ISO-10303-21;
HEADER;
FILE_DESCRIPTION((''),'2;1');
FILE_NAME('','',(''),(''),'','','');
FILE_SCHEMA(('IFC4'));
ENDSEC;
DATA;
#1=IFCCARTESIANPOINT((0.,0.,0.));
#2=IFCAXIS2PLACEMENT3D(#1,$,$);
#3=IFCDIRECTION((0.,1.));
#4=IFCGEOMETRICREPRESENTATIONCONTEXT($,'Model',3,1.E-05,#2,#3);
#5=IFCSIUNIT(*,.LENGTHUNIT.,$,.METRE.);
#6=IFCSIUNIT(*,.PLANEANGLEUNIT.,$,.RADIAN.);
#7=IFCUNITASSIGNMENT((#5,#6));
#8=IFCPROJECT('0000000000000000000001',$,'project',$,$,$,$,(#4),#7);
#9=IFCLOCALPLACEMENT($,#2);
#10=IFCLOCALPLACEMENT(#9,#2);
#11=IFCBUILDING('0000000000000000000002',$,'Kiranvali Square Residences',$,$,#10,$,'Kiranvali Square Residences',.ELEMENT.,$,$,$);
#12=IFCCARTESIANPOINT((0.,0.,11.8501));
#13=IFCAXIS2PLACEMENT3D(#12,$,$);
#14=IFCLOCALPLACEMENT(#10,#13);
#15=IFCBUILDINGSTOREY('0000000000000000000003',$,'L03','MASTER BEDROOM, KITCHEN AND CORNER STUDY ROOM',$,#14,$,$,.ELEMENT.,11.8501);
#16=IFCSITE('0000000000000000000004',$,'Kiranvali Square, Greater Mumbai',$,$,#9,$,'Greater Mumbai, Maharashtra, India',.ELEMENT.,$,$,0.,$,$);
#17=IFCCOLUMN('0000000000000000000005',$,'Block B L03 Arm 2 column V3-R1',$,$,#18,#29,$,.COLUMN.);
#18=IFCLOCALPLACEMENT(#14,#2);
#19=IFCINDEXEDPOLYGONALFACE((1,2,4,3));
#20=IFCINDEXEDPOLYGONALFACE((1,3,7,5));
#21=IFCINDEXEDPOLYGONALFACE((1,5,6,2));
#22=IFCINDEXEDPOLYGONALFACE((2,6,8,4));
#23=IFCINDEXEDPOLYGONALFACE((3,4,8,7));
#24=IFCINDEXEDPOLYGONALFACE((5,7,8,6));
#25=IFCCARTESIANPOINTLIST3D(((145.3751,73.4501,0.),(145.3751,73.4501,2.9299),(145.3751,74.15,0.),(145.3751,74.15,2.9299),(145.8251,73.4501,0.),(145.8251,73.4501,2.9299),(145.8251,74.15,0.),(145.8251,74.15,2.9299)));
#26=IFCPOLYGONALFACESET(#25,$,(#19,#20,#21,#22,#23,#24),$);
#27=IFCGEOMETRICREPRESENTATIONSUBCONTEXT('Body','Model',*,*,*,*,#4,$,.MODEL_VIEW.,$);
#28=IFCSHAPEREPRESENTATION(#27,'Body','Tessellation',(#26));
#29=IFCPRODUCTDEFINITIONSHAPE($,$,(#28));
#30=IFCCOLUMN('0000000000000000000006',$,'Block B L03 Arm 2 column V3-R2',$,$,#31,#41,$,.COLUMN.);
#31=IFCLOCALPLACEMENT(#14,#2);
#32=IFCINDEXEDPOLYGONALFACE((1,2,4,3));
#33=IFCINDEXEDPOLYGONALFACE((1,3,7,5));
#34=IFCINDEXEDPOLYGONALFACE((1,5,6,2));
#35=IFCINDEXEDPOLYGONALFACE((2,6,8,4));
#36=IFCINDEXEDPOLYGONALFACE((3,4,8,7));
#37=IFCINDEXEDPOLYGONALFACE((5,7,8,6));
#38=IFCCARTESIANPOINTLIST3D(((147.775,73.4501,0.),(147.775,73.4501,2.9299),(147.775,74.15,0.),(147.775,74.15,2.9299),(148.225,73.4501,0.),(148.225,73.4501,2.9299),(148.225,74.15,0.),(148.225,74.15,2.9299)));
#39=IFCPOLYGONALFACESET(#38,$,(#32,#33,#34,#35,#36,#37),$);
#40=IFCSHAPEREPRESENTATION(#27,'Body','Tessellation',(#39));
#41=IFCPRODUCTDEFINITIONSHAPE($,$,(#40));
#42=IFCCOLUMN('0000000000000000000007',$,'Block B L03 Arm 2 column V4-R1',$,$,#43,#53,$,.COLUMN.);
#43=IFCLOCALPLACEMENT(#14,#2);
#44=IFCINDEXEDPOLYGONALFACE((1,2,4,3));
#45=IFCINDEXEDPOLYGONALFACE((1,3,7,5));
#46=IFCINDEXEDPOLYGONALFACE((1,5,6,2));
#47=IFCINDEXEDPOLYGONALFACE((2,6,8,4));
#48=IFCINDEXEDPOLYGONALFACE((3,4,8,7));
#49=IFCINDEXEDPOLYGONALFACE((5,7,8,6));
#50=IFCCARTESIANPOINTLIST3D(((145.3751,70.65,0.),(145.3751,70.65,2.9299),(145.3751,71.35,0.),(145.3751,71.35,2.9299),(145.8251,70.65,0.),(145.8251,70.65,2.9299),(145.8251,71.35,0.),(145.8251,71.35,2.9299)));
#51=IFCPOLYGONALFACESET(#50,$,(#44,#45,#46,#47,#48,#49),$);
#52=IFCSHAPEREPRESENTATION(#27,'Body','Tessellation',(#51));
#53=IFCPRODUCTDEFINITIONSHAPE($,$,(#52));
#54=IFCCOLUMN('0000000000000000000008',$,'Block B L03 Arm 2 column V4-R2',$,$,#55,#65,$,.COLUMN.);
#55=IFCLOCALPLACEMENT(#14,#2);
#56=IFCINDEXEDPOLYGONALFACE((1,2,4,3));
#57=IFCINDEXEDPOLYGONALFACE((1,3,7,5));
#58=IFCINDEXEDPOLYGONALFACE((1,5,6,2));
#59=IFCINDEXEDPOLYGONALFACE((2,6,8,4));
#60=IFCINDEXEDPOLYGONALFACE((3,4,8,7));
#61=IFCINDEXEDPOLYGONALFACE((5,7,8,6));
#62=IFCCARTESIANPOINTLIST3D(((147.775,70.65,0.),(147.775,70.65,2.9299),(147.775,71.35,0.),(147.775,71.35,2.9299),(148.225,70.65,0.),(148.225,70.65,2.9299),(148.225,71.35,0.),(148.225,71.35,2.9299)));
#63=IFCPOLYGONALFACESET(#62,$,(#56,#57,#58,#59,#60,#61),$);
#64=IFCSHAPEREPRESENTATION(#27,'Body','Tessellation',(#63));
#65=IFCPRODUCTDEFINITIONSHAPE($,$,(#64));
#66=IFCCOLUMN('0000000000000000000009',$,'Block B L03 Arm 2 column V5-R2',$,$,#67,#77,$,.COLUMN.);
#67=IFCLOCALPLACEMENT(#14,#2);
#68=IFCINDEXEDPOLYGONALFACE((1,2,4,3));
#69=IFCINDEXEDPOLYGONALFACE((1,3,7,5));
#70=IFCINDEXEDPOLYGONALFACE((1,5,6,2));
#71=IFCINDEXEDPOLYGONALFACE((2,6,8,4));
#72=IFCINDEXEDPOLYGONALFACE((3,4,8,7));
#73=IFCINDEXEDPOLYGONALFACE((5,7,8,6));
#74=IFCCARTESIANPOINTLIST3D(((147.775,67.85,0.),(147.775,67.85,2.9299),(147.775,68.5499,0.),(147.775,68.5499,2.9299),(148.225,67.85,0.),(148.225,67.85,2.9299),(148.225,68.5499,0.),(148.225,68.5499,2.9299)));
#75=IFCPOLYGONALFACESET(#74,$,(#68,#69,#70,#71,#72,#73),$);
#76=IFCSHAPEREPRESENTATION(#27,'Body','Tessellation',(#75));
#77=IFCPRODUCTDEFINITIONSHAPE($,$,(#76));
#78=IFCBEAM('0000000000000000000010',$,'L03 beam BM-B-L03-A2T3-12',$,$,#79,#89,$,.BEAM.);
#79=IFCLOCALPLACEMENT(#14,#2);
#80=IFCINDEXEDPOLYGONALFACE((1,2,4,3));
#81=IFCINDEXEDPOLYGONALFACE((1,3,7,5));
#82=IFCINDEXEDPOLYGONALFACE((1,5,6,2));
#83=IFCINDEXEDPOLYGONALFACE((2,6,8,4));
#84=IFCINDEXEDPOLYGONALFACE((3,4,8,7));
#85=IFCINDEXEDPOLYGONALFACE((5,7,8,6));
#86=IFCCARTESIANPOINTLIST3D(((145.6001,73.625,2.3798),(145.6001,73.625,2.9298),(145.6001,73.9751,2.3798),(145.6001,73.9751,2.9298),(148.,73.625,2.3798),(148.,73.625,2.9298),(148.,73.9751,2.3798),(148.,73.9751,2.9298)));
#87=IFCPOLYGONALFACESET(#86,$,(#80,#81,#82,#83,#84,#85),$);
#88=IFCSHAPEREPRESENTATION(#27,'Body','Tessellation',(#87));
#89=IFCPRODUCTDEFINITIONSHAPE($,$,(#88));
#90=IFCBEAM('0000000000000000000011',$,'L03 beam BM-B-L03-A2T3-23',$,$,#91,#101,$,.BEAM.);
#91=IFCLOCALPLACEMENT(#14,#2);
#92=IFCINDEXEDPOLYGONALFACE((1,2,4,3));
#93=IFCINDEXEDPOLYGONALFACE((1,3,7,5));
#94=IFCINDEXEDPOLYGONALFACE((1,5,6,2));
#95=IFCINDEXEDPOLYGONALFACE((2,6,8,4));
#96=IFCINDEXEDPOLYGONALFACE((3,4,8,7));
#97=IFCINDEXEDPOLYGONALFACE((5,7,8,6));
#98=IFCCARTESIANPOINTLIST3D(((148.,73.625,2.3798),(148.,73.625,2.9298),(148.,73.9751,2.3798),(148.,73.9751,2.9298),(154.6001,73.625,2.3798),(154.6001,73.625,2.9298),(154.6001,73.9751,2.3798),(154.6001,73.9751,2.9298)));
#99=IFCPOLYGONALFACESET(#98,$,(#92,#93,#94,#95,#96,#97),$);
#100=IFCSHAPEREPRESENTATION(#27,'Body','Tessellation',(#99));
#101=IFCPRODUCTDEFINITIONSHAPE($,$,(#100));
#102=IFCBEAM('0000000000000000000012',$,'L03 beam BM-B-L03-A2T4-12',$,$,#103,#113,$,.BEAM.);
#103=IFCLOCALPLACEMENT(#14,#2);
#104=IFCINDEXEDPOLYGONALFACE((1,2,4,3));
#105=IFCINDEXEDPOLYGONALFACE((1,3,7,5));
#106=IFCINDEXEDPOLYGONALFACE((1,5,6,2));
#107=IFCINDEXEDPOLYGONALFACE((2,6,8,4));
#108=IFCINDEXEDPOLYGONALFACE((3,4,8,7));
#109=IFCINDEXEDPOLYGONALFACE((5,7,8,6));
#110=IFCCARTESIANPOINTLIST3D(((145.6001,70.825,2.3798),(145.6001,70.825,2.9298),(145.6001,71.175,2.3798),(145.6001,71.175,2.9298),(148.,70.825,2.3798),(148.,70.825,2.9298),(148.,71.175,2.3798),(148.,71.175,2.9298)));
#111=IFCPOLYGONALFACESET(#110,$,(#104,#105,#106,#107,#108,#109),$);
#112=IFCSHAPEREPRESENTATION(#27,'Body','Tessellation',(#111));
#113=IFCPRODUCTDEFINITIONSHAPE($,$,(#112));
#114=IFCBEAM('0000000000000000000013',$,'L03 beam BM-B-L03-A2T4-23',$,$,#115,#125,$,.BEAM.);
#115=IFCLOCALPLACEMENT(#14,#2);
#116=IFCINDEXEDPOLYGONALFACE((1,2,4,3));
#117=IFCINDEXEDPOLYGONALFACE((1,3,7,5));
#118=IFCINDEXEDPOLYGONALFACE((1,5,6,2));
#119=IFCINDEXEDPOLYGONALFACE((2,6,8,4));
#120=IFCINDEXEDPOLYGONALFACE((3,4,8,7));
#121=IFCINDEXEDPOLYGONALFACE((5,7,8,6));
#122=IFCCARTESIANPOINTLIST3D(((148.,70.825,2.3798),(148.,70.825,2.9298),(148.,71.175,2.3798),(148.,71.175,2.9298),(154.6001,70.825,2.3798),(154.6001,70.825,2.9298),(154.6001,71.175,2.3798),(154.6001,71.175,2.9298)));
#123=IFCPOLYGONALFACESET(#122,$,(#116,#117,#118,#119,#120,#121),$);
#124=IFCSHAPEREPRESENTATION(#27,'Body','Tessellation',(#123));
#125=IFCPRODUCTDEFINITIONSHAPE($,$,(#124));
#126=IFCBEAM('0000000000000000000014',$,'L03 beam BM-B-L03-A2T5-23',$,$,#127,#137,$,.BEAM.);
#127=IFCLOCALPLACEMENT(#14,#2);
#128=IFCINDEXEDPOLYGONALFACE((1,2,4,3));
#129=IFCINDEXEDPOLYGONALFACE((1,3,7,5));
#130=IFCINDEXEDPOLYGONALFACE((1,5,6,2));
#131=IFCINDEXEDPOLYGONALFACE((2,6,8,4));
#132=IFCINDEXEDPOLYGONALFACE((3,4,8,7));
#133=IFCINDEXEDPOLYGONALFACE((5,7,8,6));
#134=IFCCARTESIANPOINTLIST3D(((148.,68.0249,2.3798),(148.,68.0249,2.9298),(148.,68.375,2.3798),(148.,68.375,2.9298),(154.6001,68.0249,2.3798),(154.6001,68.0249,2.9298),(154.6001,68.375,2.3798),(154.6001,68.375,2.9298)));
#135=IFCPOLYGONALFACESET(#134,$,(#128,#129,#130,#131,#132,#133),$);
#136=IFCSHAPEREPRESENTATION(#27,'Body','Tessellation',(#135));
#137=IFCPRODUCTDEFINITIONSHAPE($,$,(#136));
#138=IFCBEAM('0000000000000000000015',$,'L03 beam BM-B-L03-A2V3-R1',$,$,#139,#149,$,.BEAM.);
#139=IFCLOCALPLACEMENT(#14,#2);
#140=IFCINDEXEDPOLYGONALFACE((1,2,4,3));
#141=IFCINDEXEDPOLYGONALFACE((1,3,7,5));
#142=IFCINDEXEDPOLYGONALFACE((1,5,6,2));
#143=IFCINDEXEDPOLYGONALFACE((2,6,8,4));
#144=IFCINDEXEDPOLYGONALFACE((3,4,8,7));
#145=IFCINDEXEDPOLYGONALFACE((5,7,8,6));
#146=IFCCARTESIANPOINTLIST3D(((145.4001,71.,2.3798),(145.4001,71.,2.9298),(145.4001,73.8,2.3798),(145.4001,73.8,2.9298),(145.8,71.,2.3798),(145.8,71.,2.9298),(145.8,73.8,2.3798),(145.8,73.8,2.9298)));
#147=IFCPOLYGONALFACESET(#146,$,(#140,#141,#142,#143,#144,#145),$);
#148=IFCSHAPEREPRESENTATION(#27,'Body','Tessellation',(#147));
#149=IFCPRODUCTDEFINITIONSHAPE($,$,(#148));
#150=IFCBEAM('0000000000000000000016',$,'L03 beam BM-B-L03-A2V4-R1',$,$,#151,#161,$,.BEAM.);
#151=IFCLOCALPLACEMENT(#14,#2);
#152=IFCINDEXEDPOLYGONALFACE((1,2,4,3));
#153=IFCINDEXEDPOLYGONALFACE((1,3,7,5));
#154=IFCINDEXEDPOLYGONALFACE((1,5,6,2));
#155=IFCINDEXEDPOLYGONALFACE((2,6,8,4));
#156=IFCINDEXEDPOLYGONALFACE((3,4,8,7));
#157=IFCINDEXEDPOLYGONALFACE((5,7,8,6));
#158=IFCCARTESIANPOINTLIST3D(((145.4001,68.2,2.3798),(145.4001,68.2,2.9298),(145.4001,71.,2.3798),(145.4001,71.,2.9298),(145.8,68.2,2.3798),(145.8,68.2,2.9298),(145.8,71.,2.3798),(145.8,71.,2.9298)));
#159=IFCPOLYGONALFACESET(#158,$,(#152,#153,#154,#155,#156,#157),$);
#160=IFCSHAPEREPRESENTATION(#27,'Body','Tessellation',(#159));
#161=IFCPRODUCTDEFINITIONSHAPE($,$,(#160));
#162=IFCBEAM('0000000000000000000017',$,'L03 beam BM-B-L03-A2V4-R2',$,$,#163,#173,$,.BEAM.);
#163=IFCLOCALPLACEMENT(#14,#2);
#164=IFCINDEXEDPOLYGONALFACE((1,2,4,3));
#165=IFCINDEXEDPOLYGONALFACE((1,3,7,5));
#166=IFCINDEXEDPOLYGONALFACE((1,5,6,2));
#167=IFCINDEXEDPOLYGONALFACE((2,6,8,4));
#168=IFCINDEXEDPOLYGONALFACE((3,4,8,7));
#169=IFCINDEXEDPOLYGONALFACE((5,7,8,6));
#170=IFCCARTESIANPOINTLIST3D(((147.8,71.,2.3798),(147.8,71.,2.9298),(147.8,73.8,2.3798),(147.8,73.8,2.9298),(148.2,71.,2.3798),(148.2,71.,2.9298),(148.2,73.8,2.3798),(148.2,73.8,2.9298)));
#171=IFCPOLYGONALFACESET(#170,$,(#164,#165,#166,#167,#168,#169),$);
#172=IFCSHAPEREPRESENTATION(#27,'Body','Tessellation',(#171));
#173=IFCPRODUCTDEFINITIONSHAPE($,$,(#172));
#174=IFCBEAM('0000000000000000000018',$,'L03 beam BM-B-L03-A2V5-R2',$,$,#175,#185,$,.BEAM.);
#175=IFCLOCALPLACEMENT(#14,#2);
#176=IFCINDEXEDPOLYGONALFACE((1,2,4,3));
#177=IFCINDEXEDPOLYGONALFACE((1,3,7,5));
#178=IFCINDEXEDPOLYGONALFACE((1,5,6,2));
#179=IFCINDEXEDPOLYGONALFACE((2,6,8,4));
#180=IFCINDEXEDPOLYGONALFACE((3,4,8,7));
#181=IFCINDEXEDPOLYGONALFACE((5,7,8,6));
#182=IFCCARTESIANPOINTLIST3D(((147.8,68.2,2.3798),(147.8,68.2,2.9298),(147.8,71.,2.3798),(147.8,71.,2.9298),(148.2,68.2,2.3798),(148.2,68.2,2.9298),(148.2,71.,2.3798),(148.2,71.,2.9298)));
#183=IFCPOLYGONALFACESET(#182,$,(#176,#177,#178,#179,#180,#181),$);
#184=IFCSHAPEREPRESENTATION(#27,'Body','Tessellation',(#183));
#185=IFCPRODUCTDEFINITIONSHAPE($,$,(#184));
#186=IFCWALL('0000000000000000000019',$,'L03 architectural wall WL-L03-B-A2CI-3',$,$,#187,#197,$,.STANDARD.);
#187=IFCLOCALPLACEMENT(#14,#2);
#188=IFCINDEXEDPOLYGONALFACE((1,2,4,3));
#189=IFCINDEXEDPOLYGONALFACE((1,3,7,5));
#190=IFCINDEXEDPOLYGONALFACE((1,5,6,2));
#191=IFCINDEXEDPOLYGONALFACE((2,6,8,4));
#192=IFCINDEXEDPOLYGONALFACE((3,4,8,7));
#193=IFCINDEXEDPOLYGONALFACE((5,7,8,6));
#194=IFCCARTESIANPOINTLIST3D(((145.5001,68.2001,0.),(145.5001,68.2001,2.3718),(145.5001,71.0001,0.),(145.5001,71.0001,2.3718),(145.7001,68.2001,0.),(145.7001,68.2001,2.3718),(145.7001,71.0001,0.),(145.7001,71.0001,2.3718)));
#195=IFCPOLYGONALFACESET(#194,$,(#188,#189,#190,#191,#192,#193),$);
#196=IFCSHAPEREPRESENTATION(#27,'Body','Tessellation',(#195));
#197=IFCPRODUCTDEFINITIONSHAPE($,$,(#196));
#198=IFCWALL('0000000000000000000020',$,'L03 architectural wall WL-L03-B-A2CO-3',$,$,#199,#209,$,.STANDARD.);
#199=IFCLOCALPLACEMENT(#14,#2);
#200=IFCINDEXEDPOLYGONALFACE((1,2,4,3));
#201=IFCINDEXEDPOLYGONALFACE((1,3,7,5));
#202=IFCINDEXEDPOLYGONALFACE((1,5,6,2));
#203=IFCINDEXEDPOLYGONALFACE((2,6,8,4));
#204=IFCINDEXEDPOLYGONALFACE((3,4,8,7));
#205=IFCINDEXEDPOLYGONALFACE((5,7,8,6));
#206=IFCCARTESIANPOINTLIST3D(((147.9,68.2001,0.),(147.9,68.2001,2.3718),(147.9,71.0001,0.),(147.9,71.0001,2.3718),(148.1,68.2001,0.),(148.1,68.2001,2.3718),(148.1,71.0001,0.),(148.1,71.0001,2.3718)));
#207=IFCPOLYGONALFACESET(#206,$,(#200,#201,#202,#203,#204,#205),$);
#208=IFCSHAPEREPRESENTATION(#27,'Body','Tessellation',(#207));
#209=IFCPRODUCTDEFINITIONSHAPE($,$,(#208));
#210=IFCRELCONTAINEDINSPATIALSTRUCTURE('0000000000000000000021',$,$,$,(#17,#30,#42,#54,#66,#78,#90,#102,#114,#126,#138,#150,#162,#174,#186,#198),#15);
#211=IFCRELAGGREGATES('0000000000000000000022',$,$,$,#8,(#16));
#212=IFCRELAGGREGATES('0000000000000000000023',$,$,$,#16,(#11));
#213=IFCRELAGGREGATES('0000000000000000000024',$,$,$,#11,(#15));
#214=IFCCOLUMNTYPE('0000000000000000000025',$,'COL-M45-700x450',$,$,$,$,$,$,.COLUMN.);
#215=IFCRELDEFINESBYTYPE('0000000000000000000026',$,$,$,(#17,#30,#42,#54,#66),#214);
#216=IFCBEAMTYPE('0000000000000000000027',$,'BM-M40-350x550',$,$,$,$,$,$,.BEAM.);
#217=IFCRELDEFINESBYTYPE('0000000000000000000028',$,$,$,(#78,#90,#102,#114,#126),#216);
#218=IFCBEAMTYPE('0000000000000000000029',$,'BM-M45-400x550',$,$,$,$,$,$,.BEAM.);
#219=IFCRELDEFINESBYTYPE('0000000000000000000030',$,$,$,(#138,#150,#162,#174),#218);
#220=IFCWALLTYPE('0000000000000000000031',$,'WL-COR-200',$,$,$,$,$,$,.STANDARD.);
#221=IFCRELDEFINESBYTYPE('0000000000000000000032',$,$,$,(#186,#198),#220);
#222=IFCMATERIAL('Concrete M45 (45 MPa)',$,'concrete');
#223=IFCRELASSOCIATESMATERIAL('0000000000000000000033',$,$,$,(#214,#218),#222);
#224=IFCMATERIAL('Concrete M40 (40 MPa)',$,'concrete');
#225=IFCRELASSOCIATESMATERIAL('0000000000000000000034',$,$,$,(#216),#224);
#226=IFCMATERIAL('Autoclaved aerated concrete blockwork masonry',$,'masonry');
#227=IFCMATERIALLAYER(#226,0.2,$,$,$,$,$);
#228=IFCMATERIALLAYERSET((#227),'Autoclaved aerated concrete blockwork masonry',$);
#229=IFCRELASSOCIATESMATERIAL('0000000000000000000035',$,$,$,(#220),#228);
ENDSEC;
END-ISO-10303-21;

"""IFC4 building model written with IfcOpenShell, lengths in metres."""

from ifc_helpers import new_model, si_unit, direction, frame, frame_2d, origin, origin_2d, place, context, subcontext, project, spatial, rectangle, extrude, material, layer, layer_set, material_profile, profile_set, type_object, element, save


model = new_model("IFC4")

# Units and contexts
model_context = context("Model", 3, precision=1e-05, world=origin(), true_north=direction((0.0, 1.0)))
body_context = subcontext(model_context, "Body", "Model", "MODEL_VIEW")
ifc_project = project(units=[si_unit("LENGTHUNIT", "METRE"), si_unit("PLANEANGLEUNIT", "RADIAN")], contexts=[model_context])

# Site, building, storey
site_placement = place(None, origin())
site = spatial("IfcSite", under=ifc_project, at=site_placement, Name="Kiranvali Square, Greater Mumbai", LongName="Greater Mumbai, Maharashtra, India", CompositionType="ELEMENT", RefElevation=0.0)
building_placement = place(site_placement, origin())
building = spatial("IfcBuilding", under=site, at=building_placement, Name="Kiranvali Square Residences", LongName="Kiranvali Square Residences", CompositionType="ELEMENT")
storey_placement = place(building_placement, frame((0.0, 0.0, 11.8501)))
storey = spatial("IfcBuildingStorey", under=building, at=storey_placement, Name="L03", Description="MASTER BEDROOM, KITCHEN AND CORNER STUDY ROOM", CompositionType="ELEMENT", Elevation=11.8501)

# Columns
ifc_material_1 = material(Name="Concrete M45 (45 MPa)", Category="concrete")
ifc_material_profile_1 = material_profile(ifc_material_1, rectangle(XDim=0.45, YDim=0.7, at=origin_2d()), Name="RC 700x450")
ifc_profile_set_1 = profile_set([ifc_material_profile_1], Name="Concrete M45 (45 MPa)")
column_type = type_object("IfcColumnType", Name="COL-M45-700x450", PredefinedType="COLUMN", material=ifc_profile_set_1)
for number, where, z_axis, x_axis, name in (
    (1, (145.6001, 73.8, 0.0), (0.0, 0.0, 1.0), (1.0, 0.0, 0.0), "Block B L03 Arm 2 column V3-R1"),
    (2, (148.0, 73.8, 0.0), (0.0, 0.0, 1.0), (1.0, 0.0, 0.0), "Block B L03 Arm 2 column V3-R2"),
    (3, (145.6001, 71.0, 0.0), (0.0, 0.0, 1.0), (1.0, 0.0, 0.0), "Block B L03 Arm 2 column V4-R1"),
    (4, (148.0, 71.0, 0.0), (0.0, 0.0, 1.0), (1.0, 0.0, 0.0), "Block B L03 Arm 2 column V4-R2"),
    (5, (148.0, 68.2, 0.0), (0.0, 0.0, 1.0), (1.0, 0.0, 0.0), "Block B L03 Arm 2 column V5-R2"),
):
    element("IfcColumn", number, at=place(storey_placement, frame(where, z_axis=z_axis, x_axis=x_axis)), inside=storey, type_object=column_type, Name=name, PredefinedType="COLUMN", context=body_context, shape_type="SweptSolid", body=[
        extrude(rectangle(XDim=0.45, YDim=0.7, at=origin_2d()), origin(), (0.0, 0.0, 1.0), 2.9299),
    ])

# Beams
ifc_material_2 = material(Name="Concrete M40 (40 MPa)", Category="concrete")
ifc_material_profile_2 = material_profile(ifc_material_2, rectangle(XDim=0.3501, YDim=0.55, at=origin_2d()), Name="RC 350x550")
ifc_profile_set_2 = profile_set([ifc_material_profile_2], Name="Concrete M40 (40 MPa)")
beam_type_1 = type_object("IfcBeamType", Name="BM-M40-350x550", PredefinedType="BEAM", material=ifc_profile_set_2)
beam_1_placement = place(storey_placement, frame((145.6001, 73.8, 2.6548), z_axis=(1.0, 0.0, 0.0), x_axis=(0.0, 1.0, 0.0)))
element("IfcBeam", 6, at=beam_1_placement, inside=storey, type_object=beam_type_1, Name="L03 beam BM-B-L03-A2T3-12", PredefinedType="BEAM", context=body_context, shape_type="SweptSolid", body=[
    extrude(rectangle(XDim=0.3501, YDim=0.55, at=origin_2d()), origin(), (0.0, 0.0, 1.0), 2.3999),
])
beam_2_placement = place(storey_placement, frame((148.0, 73.8, 2.6548), z_axis=(1.0, 0.0, 0.0), x_axis=(0.0, 1.0, 0.0)))
element("IfcBeam", 7, at=beam_2_placement, inside=storey, type_object=beam_type_1, Name="L03 beam BM-B-L03-A2T3-23", PredefinedType="BEAM", context=body_context, shape_type="SweptSolid", body=[
    extrude(rectangle(XDim=0.3501, YDim=0.55, at=origin_2d()), origin(), (0.0, 0.0, 1.0), 6.6001),
])
beam_3_placement = place(storey_placement, frame((145.6001, 71.0, 2.6548), z_axis=(1.0, 0.0, 0.0), x_axis=(0.0, 1.0, 0.0)))
element("IfcBeam", 8, at=beam_3_placement, inside=storey, type_object=beam_type_1, Name="L03 beam BM-B-L03-A2T4-12", PredefinedType="BEAM", context=body_context, shape_type="SweptSolid", body=[
    extrude(rectangle(XDim=0.3501, YDim=0.55, at=origin_2d()), origin(), (0.0, 0.0, 1.0), 2.3999),
])
for number, where, z_axis, x_axis, name in (
    (9, (148.0, 71.0, 2.6548), (1.0, 0.0, 0.0), (0.0, 1.0, 0.0), "L03 beam BM-B-L03-A2T4-23"),
    (10, (148.0, 68.2, 2.6548), (1.0, 0.0, 0.0), (0.0, 1.0, 0.0), "L03 beam BM-B-L03-A2T5-23"),
):
    element("IfcBeam", number, at=place(storey_placement, frame(where, z_axis=z_axis, x_axis=x_axis)), inside=storey, type_object=beam_type_1, Name=name, PredefinedType="BEAM", context=body_context, shape_type="SweptSolid", body=[
        extrude(rectangle(XDim=0.3501, YDim=0.55, at=origin_2d()), origin(), (0.0, 0.0, 1.0), 6.6001),
    ])
ifc_material_profile_3 = material_profile(ifc_material_1, rectangle(XDim=0.3999, YDim=0.55, at=origin_2d()), Name="RC 400x550")
ifc_profile_set_3 = profile_set([ifc_material_profile_3], Name="Concrete M45 (45 MPa)")
beam_type_2 = type_object("IfcBeamType", Name="BM-M45-400x550", PredefinedType="BEAM", material=ifc_profile_set_3)
for number, where, z_axis, x_axis, name in (
    (11, (145.6001, 73.8, 2.6548), (0.0, -1.0, 0.0), (1.0, 0.0, 0.0), "L03 beam BM-B-L03-A2V3-R1"),
    (12, (145.6001, 71.0, 2.6548), (0.0, -1.0, 0.0), (1.0, 0.0, 0.0), "L03 beam BM-B-L03-A2V4-R1"),
    (13, (148.0, 73.8, 2.6548), (0.0, -1.0, 0.0), (1.0, 0.0, 0.0), "L03 beam BM-B-L03-A2V4-R2"),
    (14, (148.0, 71.0, 2.6548), (0.0, -1.0, 0.0), (1.0, 0.0, 0.0), "L03 beam BM-B-L03-A2V5-R2"),
):
    element("IfcBeam", number, at=place(storey_placement, frame(where, z_axis=z_axis, x_axis=x_axis)), inside=storey, type_object=beam_type_2, Name=name, PredefinedType="BEAM", context=body_context, shape_type="SweptSolid", body=[
        extrude(rectangle(XDim=0.3999, YDim=0.55, at=origin_2d()), origin(), (0.0, 0.0, 1.0), 2.8),
    ])

# Shared definitions
ifc_material_3 = material(Name="Autoclaved aerated concrete blockwork masonry", Category="masonry")
ifc_layer_1 = layer(ifc_material_3, 0.2)
ifc_layer_set_1 = layer_set([ifc_layer_1], Name="Autoclaved aerated concrete blockwork masonry")
wall_type_1 = type_object("IfcWallType", Name="WL-COR-200", PredefinedType="STANDARD", material=ifc_layer_set_1)

# Walls
for number, where, z_axis, x_axis, name in (
    (15, (145.6001, 71.0, 0.0), (0.0, 0.0, 1.0), (0.0, -1.0, 0.0), "L03 architectural wall WL-L03-B-A2CI-3"),
    (16, (148.0, 71.0, 0.0), (0.0, 0.0, 1.0), (0.0, -1.0, 0.0), "L03 architectural wall WL-L03-B-A2CO-3"),
):
    element("IfcWall", number, at=place(storey_placement, frame(where, z_axis=z_axis, x_axis=x_axis)), inside=storey, type_object=wall_type_1, Name=name, PredefinedType="STANDARD", context=body_context, shape_type="SweptSolid", body=[
        extrude(rectangle(XDim=2.8, YDim=0.2, at=frame_2d((1.3999, 0.0))), origin(), (0.0, 0.0, 1.0), 2.3718),
    ])

save(model, "model.ifc")
